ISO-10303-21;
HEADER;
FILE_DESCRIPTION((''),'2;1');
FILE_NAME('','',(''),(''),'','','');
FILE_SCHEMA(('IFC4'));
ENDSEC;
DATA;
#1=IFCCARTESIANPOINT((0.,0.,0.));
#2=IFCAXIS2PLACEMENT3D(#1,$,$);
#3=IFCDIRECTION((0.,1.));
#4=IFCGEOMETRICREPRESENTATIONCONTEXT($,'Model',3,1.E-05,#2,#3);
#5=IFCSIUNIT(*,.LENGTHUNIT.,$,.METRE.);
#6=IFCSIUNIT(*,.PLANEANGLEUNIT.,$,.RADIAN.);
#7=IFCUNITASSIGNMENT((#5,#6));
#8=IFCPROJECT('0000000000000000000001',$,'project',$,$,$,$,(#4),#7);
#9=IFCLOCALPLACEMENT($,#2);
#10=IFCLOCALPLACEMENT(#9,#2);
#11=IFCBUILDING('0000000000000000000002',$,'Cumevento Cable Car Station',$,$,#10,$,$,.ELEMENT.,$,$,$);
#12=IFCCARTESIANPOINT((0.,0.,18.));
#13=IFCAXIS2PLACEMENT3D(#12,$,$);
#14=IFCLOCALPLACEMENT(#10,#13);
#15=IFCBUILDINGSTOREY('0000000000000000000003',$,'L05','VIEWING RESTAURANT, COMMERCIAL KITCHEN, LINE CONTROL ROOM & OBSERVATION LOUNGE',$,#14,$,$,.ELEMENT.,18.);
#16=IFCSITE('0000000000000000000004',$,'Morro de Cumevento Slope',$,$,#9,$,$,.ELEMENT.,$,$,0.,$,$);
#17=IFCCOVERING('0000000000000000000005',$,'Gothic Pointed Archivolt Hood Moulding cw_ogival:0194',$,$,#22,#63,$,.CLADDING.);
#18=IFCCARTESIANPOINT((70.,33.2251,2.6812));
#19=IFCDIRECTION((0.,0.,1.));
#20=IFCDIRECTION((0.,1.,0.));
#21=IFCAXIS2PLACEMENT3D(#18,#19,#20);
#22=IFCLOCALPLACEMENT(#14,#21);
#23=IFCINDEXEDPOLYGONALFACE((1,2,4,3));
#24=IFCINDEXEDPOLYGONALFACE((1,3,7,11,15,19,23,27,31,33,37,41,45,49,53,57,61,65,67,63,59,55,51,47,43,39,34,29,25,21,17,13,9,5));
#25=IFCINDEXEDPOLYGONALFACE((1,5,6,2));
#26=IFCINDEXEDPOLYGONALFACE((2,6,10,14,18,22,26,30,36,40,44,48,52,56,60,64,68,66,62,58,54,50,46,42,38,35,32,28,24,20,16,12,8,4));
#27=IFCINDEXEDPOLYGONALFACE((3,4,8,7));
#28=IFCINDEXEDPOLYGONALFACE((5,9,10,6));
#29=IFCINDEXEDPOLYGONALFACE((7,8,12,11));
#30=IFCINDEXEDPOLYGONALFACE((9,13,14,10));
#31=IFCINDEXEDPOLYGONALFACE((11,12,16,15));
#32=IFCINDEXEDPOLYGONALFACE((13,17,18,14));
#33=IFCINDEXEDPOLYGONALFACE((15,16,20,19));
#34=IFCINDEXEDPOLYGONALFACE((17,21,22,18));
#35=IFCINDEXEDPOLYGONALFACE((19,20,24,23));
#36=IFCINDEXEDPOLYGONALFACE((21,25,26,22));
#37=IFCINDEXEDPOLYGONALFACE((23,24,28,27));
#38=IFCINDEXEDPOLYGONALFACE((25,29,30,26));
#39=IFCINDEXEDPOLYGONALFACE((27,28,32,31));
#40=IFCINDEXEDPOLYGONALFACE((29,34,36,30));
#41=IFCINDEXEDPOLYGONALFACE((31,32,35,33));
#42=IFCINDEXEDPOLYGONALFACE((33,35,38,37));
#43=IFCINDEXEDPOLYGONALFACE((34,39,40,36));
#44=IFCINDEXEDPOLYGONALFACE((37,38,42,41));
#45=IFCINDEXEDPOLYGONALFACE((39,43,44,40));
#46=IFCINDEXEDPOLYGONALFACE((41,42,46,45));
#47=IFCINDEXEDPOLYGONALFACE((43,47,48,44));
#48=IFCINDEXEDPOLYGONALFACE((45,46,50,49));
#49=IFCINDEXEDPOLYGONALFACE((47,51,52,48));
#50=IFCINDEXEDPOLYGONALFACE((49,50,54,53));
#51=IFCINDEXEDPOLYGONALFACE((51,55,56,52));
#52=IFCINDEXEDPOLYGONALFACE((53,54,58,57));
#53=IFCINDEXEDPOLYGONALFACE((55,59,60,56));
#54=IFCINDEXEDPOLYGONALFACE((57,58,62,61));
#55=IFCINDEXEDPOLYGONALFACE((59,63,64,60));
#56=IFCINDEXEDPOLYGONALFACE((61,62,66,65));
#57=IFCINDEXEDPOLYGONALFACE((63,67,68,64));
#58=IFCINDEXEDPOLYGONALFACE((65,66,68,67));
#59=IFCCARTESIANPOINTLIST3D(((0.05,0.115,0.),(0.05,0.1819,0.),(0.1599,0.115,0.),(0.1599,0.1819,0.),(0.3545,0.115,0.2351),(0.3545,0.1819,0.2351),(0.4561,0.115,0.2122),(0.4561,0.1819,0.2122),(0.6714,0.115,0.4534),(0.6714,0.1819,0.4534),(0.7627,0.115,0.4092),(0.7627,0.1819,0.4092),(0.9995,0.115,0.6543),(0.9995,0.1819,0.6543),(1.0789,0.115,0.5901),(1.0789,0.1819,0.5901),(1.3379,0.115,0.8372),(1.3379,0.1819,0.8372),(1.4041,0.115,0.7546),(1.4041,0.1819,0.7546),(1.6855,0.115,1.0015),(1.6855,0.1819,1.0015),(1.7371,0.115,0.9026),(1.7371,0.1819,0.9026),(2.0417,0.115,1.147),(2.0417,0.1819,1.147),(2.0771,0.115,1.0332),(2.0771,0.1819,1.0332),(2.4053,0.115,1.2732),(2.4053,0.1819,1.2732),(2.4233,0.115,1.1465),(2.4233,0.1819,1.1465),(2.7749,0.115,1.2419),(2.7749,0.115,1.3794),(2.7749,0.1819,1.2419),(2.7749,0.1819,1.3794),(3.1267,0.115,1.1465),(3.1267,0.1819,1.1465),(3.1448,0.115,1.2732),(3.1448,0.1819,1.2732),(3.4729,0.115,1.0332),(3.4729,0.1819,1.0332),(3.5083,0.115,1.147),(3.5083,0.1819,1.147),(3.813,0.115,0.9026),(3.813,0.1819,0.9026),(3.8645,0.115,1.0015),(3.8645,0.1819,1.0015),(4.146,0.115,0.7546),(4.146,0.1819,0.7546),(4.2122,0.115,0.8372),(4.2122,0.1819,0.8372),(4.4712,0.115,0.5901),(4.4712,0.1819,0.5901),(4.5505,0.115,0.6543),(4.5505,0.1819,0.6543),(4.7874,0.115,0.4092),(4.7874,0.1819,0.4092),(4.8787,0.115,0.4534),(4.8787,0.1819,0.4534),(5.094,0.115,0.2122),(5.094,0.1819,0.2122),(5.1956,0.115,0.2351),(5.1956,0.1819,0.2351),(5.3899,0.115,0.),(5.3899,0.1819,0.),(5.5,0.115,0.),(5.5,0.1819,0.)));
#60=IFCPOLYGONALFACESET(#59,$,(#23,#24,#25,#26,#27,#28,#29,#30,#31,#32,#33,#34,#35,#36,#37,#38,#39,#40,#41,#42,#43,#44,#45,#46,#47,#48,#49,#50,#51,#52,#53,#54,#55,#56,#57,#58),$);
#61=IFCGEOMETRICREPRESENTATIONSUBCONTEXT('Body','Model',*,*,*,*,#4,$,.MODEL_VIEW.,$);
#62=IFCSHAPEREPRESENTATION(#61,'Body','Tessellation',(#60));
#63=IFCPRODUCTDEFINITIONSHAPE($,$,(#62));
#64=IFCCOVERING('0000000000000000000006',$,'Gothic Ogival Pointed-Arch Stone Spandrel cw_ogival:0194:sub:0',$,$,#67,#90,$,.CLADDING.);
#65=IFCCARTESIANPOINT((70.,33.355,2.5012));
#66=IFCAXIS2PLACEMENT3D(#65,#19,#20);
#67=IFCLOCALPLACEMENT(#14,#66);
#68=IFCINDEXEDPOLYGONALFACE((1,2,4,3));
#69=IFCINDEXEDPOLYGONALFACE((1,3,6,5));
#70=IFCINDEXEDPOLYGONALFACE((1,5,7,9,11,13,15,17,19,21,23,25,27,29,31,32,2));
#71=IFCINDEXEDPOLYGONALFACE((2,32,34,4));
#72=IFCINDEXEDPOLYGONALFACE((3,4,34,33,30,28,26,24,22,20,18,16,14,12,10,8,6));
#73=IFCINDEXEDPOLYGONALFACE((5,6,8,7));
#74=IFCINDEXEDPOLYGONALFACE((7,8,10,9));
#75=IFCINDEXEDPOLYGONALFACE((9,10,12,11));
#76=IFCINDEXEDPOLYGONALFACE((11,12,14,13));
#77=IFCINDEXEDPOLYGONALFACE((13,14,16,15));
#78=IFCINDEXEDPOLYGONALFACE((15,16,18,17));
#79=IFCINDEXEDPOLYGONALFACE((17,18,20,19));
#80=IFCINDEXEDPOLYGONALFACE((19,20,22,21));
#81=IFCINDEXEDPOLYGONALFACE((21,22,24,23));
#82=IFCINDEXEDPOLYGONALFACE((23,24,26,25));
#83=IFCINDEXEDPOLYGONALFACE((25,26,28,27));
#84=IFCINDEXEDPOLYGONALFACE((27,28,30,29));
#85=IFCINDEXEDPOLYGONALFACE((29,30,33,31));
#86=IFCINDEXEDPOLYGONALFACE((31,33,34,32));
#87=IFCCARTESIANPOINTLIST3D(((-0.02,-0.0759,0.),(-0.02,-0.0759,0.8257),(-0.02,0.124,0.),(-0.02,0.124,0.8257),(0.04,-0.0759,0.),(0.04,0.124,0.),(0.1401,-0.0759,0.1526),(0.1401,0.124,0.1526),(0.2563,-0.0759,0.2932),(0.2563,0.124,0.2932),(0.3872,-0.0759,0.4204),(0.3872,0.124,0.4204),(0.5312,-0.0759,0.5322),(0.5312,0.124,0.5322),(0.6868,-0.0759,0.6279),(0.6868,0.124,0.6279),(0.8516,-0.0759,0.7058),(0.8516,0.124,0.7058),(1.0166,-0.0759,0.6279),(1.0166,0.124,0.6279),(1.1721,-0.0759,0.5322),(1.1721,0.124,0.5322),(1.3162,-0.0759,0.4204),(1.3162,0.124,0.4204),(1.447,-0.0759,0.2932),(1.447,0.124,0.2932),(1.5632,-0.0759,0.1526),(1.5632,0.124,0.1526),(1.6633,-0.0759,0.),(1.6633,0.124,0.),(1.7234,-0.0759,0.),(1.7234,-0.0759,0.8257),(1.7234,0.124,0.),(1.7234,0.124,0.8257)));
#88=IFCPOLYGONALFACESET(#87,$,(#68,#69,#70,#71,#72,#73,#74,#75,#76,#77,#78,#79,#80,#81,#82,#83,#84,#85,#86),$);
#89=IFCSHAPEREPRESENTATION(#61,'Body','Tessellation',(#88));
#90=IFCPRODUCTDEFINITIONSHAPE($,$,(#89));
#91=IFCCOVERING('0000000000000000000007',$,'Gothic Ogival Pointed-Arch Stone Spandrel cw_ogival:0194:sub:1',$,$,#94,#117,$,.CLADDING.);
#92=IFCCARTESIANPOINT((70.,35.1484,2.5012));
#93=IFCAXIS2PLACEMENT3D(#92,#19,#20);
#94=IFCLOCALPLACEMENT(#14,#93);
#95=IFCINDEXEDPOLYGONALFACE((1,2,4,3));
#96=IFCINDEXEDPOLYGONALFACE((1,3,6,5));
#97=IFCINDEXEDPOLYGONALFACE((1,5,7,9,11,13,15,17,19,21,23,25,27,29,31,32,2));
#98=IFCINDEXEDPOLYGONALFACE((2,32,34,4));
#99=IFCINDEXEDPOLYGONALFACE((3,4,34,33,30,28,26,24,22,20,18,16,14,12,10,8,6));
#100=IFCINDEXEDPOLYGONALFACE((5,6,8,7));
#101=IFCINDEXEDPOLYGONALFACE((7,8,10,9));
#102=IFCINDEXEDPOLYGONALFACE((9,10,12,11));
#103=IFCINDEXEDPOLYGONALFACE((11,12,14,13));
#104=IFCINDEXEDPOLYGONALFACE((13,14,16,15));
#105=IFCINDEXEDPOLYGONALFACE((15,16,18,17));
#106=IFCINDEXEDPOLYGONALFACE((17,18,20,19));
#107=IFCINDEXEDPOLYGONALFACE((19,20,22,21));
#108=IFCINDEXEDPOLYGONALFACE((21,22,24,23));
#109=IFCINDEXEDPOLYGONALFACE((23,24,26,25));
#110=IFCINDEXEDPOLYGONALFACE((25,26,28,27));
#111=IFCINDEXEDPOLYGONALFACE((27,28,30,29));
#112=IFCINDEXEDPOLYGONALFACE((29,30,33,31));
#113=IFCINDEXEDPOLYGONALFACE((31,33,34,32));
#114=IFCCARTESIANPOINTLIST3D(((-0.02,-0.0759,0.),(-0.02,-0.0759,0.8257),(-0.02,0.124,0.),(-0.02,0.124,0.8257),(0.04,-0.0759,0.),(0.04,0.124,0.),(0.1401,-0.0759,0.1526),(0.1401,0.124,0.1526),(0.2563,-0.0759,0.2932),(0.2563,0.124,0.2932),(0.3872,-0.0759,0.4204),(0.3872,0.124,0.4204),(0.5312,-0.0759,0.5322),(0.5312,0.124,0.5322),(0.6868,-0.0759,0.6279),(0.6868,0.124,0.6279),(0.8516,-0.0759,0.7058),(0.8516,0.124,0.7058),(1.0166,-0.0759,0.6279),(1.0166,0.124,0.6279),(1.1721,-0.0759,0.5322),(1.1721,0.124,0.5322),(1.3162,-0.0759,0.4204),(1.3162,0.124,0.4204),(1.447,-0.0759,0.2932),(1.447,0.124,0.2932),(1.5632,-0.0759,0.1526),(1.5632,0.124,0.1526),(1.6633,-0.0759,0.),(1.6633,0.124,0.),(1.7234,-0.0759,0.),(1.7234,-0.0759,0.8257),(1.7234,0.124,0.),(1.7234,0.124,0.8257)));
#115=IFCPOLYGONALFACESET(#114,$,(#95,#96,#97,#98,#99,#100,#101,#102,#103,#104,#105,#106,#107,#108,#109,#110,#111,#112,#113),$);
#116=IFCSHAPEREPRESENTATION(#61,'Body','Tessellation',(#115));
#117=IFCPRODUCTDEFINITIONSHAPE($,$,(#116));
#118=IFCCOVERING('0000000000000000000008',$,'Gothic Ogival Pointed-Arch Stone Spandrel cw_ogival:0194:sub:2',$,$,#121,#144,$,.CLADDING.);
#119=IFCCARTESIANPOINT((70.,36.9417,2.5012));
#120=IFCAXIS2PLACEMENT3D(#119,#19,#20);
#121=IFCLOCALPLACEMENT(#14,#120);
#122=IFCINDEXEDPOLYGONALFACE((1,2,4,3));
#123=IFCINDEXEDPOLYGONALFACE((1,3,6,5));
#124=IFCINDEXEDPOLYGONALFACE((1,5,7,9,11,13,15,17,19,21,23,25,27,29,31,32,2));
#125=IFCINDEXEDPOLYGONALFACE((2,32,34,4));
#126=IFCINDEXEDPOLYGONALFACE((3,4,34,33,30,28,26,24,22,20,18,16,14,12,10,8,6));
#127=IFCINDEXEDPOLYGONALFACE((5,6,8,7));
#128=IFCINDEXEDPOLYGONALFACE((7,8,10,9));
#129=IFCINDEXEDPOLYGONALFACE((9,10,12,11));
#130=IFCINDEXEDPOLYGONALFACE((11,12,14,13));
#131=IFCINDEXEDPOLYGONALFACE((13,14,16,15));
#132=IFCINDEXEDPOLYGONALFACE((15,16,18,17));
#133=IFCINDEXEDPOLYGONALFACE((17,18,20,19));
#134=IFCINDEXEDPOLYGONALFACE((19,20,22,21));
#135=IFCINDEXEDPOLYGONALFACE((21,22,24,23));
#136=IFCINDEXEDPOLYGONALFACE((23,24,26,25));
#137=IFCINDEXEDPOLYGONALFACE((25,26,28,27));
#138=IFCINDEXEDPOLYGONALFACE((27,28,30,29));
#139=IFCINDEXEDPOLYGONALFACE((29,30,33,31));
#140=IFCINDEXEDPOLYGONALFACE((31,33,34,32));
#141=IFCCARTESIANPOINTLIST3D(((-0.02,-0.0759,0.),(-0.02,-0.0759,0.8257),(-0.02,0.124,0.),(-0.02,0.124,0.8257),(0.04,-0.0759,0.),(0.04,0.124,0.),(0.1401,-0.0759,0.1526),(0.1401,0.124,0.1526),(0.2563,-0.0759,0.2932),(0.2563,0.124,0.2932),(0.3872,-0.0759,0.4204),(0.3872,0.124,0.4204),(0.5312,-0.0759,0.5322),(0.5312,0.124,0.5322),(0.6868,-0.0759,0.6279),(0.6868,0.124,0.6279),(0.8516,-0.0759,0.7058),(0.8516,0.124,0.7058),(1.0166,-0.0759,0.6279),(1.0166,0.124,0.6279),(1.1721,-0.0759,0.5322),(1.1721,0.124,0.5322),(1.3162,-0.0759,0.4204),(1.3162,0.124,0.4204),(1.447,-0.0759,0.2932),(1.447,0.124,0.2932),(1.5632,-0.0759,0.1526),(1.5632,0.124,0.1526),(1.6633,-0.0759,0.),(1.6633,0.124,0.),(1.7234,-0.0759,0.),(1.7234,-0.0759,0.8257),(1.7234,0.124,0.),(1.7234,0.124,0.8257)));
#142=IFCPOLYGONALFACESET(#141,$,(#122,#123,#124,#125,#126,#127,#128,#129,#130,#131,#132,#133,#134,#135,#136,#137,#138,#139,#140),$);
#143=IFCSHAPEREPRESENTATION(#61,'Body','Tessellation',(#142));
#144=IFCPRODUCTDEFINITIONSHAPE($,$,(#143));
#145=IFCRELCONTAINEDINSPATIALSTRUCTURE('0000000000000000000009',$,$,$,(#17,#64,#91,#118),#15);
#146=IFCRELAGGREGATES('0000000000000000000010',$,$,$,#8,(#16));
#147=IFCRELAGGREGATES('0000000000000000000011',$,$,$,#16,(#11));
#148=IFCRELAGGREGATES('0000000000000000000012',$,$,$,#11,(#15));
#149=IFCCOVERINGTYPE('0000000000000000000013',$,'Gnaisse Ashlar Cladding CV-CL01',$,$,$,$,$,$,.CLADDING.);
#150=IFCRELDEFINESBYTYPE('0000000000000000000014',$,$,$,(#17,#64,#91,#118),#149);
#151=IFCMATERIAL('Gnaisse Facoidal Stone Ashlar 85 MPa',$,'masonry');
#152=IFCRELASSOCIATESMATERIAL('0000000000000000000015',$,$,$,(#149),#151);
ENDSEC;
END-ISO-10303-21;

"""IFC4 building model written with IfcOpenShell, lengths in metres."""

from ifc_helpers import new_model, si_unit, direction, frame, origin, place, context, subcontext, project, spatial, polyline, outline, extrude, material, type_object, element, save


model = new_model("IFC4")

# Units and contexts
model_context = context("Model", 3, precision=1e-05, world=origin(), true_north=direction((0.0, 1.0)))
body_context = subcontext(model_context, "Body", "Model", "MODEL_VIEW")
ifc_project = project(units=[si_unit("LENGTHUNIT", "METRE"), si_unit("PLANEANGLEUNIT", "RADIAN")], contexts=[model_context])

# Site, building, storey
site_placement = place(None, origin())
site = spatial("IfcSite", under=ifc_project, at=site_placement, Name="Morro de Cumevento Slope", CompositionType="ELEMENT", RefElevation=0.0)
building_placement = place(site_placement, origin())
building = spatial("IfcBuilding", under=site, at=building_placement, Name="Cumevento Cable Car Station", CompositionType="ELEMENT")
storey_placement = place(building_placement, frame((0.0, 0.0, 18.0)))
storey = spatial("IfcBuildingStorey", under=building, at=storey_placement, Name="L05", Description="VIEWING RESTAURANT, COMMERCIAL KITCHEN, LINE CONTROL ROOM & OBSERVATION LOUNGE", CompositionType="ELEMENT", Elevation=18.0)

# Coverings
ifc_material_1 = material(Name="Gnaisse Facoidal Stone Ashlar 85 MPa", Category="masonry")
covering_type = type_object("IfcCoveringType", Name="Gnaisse Ashlar Cladding CV-CL01", PredefinedType="CLADDING", material=ifc_material_1)
covering_1_placement = place(storey_placement, frame((70.0, 33.2251, 2.6812), z_axis=(0.0, 0.0, 1.0), x_axis=(0.0, 1.0, 0.0)))
element("IfcCovering", 1, at=covering_1_placement, inside=storey, type_object=covering_type, Name="Gothic Pointed Archivolt Hood Moulding cw_ogival:0194", PredefinedType="CLADDING", context=body_context, shape_type="SweptSolid", body=[
    extrude(outline(polyline([(0.1599, 0.0), (0.4561, 0.2122), (0.7627, 0.4092), (1.0789, 0.5901), (1.4041, 0.7546), (1.7371, 0.9026), (2.0771, 1.0332), (2.4233, 1.1465), (2.7749, 1.2419), (3.1267, 1.1465), (3.4729, 1.0332), (3.813, 0.9026), (4.146, 0.7546), (4.4712, 0.5901), (4.7874, 0.4092), (5.094, 0.2122), (5.3899, 0.0), (5.5, 0.0), (5.1956, 0.2351), (4.8787, 0.4534), (4.5505, 0.6543), (4.2122, 0.8372), (3.8645, 1.0015), (3.5083, 1.147), (3.1448, 1.2732), (2.7749, 1.3794), (2.4053, 1.2732), (2.0417, 1.147), (1.6855, 1.0015), (1.3379, 0.8372), (0.9995, 0.6543), (0.6714, 0.4534), (0.3545, 0.2351), (0.05, 0.0), (0.1599, 0.0)])), frame((0.0, 0.1819, 0.0), z_axis=(0.0, -1.0, 0.0), x_axis=(1.0, 0.0, 0.0)), (0.0, 0.0, 1.0), 0.0669),
])
for number, where, z_axis, x_axis, name in (
    (2, (70.0, 33.355, 2.5012), (0.0, 0.0, 1.0), (0.0, 1.0, 0.0), "Gothic Ogival Pointed-Arch Stone Spandrel cw_ogival:0194:sub:0"),
    (3, (70.0, 35.1484, 2.5012), (0.0, 0.0, 1.0), (0.0, 1.0, 0.0), "Gothic Ogival Pointed-Arch Stone Spandrel cw_ogival:0194:sub:1"),
    (4, (70.0, 36.9417, 2.5012), (0.0, 0.0, 1.0), (0.0, 1.0, 0.0), "Gothic Ogival Pointed-Arch Stone Spandrel cw_ogival:0194:sub:2"),
):
    element("IfcCovering", number, at=place(storey_placement, frame(where, z_axis=z_axis, x_axis=x_axis)), inside=storey, type_object=covering_type, Name=name, PredefinedType="CLADDING", context=body_context, shape_type="SweptSolid", body=[
        extrude(outline(polyline([(-0.02, 0.0), (-0.02, 0.8257), (1.7234, 0.8257), (1.7234, 0.0), (1.6633, 0.0), (1.5632, 0.1526), (1.447, 0.2932), (1.3162, 0.4204), (1.1721, 0.5322), (1.0166, 0.6279), (0.8516, 0.7058), (0.6868, 0.6279), (0.5312, 0.5322), (0.3872, 0.4204), (0.2563, 0.2932), (0.1401, 0.1526), (0.04, 0.0), (-0.02, 0.0)])), frame((0.0, 0.124, 0.0), z_axis=(0.0, -1.0, 0.0), x_axis=(1.0, 0.0, 0.0)), (0.0, 0.0, 1.0), 0.2),
    ])

save(model, "model.ifc")
